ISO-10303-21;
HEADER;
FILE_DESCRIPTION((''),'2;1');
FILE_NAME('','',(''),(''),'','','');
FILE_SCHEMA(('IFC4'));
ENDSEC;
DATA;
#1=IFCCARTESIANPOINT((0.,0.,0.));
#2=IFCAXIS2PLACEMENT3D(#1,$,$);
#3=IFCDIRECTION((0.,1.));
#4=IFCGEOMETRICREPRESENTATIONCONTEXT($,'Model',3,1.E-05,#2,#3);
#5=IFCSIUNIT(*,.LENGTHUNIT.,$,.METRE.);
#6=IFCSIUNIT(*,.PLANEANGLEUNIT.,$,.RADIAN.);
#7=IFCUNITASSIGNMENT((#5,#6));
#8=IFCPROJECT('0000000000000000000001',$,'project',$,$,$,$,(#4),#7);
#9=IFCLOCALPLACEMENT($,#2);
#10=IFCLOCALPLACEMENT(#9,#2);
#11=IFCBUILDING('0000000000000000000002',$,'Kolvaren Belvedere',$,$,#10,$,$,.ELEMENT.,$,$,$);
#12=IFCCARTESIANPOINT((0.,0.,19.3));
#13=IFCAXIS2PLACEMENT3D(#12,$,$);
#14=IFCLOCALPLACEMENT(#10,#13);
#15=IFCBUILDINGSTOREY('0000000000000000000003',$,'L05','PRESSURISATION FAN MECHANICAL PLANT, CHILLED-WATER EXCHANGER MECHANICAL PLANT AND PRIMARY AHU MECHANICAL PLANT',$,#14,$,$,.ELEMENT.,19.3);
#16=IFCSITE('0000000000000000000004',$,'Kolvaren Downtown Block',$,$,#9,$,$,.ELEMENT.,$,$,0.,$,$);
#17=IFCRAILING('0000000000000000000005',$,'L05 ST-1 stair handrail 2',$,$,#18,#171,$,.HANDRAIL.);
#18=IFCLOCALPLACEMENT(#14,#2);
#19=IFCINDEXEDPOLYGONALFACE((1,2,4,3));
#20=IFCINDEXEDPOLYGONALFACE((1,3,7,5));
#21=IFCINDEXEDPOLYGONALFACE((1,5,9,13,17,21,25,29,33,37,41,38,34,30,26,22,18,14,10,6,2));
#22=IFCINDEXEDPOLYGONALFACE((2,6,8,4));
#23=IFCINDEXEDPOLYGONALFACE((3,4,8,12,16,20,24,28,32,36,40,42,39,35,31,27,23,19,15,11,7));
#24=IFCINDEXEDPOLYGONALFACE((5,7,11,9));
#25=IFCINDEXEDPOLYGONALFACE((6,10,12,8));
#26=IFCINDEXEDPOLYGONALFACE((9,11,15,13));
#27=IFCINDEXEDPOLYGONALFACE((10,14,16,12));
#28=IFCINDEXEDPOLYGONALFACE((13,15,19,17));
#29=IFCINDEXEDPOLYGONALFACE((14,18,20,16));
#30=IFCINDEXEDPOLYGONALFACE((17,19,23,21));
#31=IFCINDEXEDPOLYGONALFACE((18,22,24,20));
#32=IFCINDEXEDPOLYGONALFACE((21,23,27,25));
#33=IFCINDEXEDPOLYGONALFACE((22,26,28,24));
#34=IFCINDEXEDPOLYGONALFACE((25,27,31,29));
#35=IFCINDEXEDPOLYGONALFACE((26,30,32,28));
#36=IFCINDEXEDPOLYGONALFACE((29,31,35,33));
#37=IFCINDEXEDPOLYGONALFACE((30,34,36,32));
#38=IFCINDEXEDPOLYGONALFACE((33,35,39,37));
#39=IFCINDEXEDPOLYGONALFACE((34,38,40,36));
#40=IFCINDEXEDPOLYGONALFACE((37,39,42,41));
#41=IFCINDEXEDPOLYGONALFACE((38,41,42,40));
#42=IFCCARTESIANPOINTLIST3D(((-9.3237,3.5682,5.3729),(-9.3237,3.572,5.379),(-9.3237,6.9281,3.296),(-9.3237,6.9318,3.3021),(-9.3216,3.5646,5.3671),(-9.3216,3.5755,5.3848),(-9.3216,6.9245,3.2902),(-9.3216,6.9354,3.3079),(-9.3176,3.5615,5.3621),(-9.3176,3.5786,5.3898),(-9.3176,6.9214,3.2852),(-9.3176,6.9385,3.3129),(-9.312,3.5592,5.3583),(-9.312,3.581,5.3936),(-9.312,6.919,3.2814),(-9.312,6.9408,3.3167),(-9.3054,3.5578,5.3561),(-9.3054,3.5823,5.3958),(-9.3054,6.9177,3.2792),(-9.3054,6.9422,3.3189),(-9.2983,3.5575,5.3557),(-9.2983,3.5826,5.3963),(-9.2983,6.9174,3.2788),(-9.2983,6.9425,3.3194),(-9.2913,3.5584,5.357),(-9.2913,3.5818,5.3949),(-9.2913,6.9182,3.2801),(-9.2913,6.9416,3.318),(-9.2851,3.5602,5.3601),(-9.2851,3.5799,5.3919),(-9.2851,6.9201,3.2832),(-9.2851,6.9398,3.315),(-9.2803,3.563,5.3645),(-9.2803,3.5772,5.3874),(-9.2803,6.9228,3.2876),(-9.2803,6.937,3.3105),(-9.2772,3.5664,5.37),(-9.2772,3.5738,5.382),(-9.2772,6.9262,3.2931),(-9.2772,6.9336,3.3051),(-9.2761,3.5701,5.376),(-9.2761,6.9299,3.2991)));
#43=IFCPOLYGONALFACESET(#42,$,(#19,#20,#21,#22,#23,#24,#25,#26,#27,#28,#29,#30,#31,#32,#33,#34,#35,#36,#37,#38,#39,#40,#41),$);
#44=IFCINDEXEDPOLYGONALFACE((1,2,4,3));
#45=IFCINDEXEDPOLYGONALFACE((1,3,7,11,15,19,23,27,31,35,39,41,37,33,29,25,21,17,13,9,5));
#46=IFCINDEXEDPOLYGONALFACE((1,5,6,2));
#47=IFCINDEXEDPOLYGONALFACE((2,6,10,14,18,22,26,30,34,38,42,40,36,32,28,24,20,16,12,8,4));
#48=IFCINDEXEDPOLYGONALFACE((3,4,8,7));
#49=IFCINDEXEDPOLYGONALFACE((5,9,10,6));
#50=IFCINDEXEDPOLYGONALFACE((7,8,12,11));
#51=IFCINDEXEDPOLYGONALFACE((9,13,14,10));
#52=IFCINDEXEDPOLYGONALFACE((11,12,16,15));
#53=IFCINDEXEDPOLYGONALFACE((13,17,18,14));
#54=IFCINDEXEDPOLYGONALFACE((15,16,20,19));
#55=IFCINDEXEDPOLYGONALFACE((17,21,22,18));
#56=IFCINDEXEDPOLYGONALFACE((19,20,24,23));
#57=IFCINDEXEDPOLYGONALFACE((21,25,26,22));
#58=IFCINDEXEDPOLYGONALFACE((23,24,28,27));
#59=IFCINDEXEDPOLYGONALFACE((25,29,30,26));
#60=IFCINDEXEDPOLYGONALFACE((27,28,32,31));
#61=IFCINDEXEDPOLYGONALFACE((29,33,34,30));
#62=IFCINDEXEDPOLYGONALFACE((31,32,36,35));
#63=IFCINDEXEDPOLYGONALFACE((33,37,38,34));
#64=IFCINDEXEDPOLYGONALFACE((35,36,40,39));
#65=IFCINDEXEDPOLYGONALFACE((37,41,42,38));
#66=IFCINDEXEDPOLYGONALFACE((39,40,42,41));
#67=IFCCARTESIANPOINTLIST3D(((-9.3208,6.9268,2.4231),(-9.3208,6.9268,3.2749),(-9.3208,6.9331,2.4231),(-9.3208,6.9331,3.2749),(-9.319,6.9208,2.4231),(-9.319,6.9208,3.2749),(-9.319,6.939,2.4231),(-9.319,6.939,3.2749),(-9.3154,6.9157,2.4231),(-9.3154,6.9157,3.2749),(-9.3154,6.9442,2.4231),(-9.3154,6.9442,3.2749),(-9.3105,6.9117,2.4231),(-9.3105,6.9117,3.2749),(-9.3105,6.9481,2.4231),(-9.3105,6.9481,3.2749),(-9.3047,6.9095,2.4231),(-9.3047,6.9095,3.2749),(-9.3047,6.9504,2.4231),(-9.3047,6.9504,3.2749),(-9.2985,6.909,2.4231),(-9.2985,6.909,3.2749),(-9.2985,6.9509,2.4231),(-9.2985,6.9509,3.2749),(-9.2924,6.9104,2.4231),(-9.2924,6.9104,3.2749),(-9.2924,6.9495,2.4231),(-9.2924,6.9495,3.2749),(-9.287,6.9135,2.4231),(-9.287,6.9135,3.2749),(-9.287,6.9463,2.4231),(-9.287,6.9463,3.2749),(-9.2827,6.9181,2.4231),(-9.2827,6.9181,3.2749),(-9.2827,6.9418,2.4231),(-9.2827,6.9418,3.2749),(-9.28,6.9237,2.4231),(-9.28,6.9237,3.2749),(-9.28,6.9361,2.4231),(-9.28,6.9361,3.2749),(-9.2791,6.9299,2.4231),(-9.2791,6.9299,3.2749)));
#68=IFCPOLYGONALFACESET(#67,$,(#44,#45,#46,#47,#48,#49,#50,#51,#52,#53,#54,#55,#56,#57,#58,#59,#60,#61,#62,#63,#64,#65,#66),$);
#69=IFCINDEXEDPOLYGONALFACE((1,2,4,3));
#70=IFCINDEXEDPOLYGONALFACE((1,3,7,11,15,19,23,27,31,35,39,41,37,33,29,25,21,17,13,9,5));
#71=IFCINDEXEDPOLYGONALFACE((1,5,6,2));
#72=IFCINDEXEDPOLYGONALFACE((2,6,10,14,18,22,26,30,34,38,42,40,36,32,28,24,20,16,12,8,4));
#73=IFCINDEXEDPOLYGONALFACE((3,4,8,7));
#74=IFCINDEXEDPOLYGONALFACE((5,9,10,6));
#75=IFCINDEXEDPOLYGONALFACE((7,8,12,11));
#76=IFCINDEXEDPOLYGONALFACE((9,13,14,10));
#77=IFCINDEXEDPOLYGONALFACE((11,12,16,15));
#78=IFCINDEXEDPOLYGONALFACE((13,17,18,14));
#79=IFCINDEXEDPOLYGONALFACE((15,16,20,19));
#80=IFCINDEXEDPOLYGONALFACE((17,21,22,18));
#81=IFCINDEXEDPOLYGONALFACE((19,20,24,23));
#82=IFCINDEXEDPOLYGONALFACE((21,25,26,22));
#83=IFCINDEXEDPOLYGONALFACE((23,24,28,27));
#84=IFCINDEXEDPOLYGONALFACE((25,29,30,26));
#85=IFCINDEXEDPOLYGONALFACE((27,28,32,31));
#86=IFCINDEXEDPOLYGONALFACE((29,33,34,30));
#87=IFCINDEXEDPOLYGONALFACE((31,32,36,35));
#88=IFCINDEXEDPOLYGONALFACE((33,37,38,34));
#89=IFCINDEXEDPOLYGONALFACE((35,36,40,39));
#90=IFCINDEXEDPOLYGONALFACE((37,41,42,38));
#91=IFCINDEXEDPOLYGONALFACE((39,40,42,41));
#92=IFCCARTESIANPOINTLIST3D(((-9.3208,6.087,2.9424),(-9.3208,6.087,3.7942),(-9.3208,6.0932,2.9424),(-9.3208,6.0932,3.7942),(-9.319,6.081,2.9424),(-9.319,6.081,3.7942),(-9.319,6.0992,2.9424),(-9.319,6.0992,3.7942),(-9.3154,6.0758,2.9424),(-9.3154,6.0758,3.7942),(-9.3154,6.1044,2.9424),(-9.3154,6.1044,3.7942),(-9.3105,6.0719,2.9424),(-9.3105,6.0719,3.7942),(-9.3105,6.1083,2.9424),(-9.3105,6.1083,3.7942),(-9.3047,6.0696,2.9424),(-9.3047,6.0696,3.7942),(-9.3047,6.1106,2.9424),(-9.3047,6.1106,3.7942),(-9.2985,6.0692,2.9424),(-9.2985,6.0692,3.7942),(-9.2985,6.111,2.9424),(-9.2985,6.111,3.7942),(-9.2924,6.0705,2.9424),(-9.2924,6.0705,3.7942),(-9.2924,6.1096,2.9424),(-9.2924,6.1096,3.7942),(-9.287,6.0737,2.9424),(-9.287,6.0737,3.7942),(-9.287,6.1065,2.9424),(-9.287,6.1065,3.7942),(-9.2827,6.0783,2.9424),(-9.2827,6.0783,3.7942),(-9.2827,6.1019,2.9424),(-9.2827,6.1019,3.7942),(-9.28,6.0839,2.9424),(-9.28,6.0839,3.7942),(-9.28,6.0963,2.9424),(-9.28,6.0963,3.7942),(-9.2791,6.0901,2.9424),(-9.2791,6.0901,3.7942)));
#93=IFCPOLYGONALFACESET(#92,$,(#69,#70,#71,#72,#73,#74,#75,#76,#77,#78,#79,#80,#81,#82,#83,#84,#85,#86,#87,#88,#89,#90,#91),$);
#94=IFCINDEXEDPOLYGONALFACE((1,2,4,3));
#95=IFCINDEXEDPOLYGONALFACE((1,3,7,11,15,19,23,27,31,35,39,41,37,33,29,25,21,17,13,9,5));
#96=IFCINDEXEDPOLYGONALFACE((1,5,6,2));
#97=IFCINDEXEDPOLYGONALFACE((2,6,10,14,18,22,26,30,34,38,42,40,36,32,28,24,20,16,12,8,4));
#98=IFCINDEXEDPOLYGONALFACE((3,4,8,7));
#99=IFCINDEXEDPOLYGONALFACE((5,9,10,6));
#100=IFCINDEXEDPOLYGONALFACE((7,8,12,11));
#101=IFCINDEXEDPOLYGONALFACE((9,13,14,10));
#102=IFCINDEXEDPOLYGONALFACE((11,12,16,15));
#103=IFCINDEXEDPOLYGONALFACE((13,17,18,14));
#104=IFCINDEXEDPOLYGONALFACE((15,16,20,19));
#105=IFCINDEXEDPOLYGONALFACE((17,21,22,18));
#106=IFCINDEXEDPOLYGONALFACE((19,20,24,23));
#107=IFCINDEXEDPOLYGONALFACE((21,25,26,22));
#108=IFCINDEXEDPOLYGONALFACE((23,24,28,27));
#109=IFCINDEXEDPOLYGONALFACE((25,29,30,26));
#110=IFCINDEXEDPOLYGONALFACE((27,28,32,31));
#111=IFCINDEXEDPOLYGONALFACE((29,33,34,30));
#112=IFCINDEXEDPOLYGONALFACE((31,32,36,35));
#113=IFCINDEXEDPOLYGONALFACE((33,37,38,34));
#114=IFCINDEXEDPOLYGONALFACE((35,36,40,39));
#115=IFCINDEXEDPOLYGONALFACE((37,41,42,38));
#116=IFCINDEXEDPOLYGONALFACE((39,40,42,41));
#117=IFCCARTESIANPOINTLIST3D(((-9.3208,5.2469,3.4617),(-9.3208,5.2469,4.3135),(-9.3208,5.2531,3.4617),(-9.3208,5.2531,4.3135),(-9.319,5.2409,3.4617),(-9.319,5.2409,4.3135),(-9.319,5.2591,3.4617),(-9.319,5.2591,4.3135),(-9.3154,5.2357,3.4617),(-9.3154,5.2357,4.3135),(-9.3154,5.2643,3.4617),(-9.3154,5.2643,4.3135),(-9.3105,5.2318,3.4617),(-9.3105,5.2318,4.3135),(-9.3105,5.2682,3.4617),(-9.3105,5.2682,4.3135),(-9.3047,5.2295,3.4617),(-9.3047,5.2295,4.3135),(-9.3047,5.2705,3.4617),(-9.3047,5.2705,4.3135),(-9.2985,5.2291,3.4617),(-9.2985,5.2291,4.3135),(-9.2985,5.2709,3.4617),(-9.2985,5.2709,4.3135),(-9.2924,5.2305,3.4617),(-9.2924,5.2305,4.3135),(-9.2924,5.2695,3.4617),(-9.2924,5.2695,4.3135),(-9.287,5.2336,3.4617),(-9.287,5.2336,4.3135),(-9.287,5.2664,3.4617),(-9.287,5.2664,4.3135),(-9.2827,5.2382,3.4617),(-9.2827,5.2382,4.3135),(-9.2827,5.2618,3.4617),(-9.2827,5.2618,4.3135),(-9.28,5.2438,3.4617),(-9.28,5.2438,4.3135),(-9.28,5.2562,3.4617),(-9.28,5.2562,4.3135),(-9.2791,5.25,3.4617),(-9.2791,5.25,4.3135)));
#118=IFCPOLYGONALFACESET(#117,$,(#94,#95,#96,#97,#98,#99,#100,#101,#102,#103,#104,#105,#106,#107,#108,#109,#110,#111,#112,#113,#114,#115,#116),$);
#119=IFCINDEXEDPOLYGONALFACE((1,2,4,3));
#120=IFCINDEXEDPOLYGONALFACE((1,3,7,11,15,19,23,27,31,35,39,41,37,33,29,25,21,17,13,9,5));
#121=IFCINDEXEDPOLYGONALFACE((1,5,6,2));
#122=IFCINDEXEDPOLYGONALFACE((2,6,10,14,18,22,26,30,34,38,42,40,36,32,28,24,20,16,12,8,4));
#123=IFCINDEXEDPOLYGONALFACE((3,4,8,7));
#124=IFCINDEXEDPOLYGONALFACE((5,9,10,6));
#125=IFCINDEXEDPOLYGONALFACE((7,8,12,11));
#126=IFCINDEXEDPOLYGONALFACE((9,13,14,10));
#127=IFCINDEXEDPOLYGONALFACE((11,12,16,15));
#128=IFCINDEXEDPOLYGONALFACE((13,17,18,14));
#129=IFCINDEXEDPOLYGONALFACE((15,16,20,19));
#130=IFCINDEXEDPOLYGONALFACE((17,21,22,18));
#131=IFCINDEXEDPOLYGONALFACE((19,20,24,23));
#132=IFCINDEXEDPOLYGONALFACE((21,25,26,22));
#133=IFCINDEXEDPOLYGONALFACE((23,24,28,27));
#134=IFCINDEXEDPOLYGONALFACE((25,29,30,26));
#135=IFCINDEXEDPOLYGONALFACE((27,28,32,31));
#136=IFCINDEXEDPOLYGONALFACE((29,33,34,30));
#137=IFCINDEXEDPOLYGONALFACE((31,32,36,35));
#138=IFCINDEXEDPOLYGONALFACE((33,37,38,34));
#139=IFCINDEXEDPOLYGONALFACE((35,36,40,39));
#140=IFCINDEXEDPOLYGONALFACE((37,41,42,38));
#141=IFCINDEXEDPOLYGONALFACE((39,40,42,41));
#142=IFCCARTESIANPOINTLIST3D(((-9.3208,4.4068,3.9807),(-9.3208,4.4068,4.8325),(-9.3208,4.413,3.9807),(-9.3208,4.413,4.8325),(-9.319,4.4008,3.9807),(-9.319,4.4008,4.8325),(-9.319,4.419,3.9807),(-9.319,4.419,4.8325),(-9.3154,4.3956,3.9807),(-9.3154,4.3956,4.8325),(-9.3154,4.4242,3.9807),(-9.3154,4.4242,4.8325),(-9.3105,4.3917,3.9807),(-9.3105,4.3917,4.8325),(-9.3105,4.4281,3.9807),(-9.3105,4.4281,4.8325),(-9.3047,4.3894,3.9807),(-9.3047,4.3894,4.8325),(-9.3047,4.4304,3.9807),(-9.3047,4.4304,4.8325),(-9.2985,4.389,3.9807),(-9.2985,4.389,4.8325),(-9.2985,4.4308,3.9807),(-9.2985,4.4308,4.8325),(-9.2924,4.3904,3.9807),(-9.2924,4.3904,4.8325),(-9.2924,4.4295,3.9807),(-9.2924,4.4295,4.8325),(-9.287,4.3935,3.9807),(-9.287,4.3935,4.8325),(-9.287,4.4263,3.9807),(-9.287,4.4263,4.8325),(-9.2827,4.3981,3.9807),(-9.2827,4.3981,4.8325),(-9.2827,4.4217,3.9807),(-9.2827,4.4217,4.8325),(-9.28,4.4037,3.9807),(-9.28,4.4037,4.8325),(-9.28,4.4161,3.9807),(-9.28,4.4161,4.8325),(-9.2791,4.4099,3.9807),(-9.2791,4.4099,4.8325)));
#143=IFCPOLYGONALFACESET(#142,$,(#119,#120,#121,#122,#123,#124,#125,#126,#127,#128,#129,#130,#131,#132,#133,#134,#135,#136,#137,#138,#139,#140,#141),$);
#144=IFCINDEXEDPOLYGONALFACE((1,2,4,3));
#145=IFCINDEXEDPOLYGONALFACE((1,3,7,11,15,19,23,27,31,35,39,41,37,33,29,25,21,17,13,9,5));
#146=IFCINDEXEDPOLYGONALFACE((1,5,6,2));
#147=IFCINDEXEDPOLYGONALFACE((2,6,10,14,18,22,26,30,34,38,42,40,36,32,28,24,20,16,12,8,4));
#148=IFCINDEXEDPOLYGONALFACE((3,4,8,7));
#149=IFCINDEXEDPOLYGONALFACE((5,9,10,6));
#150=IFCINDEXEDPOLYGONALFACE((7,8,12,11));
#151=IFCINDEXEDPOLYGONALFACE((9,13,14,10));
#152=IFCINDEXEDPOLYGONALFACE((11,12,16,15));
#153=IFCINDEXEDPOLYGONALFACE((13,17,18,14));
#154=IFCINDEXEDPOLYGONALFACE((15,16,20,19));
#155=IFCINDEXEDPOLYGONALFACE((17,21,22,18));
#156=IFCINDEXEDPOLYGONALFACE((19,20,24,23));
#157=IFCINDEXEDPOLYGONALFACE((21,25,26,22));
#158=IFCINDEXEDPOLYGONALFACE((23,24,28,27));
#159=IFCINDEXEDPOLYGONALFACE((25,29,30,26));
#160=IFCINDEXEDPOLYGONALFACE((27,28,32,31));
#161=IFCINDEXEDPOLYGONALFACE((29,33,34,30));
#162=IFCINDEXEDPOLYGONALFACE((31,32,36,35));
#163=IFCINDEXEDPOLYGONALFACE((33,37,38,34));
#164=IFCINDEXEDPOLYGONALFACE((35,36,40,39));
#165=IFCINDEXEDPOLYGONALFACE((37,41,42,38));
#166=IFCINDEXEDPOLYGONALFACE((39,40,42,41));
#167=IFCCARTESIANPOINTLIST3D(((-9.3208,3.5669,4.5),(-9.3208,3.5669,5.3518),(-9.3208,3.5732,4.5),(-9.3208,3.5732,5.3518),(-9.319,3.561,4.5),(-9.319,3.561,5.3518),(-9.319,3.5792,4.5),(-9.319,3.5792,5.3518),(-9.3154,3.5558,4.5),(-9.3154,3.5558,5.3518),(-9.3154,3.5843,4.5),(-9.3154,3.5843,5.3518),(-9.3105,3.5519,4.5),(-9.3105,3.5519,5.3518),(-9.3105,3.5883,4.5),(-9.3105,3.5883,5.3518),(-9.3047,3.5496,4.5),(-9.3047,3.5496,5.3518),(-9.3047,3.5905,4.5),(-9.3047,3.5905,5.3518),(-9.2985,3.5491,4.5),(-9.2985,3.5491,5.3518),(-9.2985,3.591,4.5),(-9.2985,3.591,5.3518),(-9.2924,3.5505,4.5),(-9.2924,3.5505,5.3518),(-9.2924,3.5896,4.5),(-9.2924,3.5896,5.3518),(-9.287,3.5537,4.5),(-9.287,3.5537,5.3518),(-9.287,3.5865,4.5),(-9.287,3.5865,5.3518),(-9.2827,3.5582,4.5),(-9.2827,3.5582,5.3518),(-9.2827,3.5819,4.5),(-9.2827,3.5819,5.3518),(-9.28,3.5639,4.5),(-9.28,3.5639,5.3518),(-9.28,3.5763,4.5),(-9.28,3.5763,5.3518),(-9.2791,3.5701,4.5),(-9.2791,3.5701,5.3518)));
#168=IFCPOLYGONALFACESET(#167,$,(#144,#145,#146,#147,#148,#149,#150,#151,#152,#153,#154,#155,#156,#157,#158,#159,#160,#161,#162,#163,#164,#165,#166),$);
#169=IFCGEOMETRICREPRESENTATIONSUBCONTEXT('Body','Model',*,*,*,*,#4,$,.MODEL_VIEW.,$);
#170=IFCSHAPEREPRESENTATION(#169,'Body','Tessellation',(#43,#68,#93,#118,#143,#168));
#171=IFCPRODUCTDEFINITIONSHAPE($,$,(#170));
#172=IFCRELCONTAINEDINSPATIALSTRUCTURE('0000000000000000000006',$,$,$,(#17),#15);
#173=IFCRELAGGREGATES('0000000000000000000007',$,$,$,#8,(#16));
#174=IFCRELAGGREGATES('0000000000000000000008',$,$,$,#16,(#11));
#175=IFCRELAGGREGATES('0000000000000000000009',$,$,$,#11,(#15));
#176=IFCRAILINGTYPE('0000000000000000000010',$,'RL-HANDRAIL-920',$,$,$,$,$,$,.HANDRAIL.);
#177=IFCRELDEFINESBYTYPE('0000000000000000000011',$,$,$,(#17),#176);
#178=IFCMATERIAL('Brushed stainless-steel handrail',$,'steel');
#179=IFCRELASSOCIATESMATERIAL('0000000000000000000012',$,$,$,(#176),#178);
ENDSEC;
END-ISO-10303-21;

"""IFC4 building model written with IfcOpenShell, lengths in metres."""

from ifc_helpers import new_model, si_unit, direction, frame, origin, origin_2d, place, context, subcontext, project, spatial, circle, extrude, material, type_object, element, save


model = new_model("IFC4")

# Units and contexts
model_context = context("Model", 3, precision=1e-05, world=origin(), true_north=direction((0.0, 1.0)))
body_context = subcontext(model_context, "Body", "Model", "MODEL_VIEW")
ifc_project = project(units=[si_unit("LENGTHUNIT", "METRE"), si_unit("PLANEANGLEUNIT", "RADIAN")], contexts=[model_context])

# Site, building, storey
site_placement = place(None, origin())
site = spatial("IfcSite", under=ifc_project, at=site_placement, Name="Kolvaren Downtown Block", CompositionType="ELEMENT", RefElevation=0.0)
building_placement = place(site_placement, origin())
building = spatial("IfcBuilding", under=site, at=building_placement, Name="Kolvaren Belvedere", CompositionType="ELEMENT")
storey_placement = place(building_placement, frame((0.0, 0.0, 19.3)))
storey = spatial("IfcBuildingStorey", under=building, at=storey_placement, Name="L05", Description="PRESSURISATION FAN MECHANICAL PLANT, CHILLED-WATER EXCHANGER MECHANICAL PLANT AND PRIMARY AHU MECHANICAL PLANT", CompositionType="ELEMENT", Elevation=19.3)

# Railing
ifc_material_1 = material(Name="Brushed stainless-steel handrail", Category="steel")
railing_type_1 = type_object("IfcRailingType", Name="RL-HANDRAIL-920", PredefinedType="HANDRAIL", material=ifc_material_1)
railing_1_placement = place(storey_placement, frame((-9.3, 6.9299, 2.4231)))
element("IfcRailing", 1, at=railing_1_placement, inside=storey, type_object=railing_type_1, Name="L05 ST-1 stair handrail 2", PredefinedType="HANDRAIL", context=body_context, shape_type="SweptSolid", body=[
    extrude(circle(Radius=0.0239, at=origin_2d()), frame((0.0, 0.0, 0.876), z_axis=(0.0, -0.850606, 0.525803), x_axis=(1.0, 0.0, 0.0)), (0.0, 0.0, 1.0), 3.95),
    extrude(circle(Radius=0.021, at=origin_2d()), origin(), (0.0, 0.0, 1.0), 0.8518),
    extrude(circle(Radius=0.021, at=origin_2d()), frame((0.0, -0.8398, 0.5193)), (0.0, 0.0, 1.0), 0.8518),
    extrude(circle(Radius=0.021, at=origin_2d()), frame((0.0, -1.6799, 1.0386)), (0.0, 0.0, 1.0), 0.8518),
    extrude(circle(Radius=0.021, at=origin_2d()), frame((0.0, -2.52, 1.5576)), (0.0, 0.0, 1.0), 0.8518),
    extrude(circle(Radius=0.021, at=origin_2d()), frame((0.0, -3.3599, 2.0769)), (0.0, 0.0, 1.0), 0.8518),
])

save(model, "model.ifc")
